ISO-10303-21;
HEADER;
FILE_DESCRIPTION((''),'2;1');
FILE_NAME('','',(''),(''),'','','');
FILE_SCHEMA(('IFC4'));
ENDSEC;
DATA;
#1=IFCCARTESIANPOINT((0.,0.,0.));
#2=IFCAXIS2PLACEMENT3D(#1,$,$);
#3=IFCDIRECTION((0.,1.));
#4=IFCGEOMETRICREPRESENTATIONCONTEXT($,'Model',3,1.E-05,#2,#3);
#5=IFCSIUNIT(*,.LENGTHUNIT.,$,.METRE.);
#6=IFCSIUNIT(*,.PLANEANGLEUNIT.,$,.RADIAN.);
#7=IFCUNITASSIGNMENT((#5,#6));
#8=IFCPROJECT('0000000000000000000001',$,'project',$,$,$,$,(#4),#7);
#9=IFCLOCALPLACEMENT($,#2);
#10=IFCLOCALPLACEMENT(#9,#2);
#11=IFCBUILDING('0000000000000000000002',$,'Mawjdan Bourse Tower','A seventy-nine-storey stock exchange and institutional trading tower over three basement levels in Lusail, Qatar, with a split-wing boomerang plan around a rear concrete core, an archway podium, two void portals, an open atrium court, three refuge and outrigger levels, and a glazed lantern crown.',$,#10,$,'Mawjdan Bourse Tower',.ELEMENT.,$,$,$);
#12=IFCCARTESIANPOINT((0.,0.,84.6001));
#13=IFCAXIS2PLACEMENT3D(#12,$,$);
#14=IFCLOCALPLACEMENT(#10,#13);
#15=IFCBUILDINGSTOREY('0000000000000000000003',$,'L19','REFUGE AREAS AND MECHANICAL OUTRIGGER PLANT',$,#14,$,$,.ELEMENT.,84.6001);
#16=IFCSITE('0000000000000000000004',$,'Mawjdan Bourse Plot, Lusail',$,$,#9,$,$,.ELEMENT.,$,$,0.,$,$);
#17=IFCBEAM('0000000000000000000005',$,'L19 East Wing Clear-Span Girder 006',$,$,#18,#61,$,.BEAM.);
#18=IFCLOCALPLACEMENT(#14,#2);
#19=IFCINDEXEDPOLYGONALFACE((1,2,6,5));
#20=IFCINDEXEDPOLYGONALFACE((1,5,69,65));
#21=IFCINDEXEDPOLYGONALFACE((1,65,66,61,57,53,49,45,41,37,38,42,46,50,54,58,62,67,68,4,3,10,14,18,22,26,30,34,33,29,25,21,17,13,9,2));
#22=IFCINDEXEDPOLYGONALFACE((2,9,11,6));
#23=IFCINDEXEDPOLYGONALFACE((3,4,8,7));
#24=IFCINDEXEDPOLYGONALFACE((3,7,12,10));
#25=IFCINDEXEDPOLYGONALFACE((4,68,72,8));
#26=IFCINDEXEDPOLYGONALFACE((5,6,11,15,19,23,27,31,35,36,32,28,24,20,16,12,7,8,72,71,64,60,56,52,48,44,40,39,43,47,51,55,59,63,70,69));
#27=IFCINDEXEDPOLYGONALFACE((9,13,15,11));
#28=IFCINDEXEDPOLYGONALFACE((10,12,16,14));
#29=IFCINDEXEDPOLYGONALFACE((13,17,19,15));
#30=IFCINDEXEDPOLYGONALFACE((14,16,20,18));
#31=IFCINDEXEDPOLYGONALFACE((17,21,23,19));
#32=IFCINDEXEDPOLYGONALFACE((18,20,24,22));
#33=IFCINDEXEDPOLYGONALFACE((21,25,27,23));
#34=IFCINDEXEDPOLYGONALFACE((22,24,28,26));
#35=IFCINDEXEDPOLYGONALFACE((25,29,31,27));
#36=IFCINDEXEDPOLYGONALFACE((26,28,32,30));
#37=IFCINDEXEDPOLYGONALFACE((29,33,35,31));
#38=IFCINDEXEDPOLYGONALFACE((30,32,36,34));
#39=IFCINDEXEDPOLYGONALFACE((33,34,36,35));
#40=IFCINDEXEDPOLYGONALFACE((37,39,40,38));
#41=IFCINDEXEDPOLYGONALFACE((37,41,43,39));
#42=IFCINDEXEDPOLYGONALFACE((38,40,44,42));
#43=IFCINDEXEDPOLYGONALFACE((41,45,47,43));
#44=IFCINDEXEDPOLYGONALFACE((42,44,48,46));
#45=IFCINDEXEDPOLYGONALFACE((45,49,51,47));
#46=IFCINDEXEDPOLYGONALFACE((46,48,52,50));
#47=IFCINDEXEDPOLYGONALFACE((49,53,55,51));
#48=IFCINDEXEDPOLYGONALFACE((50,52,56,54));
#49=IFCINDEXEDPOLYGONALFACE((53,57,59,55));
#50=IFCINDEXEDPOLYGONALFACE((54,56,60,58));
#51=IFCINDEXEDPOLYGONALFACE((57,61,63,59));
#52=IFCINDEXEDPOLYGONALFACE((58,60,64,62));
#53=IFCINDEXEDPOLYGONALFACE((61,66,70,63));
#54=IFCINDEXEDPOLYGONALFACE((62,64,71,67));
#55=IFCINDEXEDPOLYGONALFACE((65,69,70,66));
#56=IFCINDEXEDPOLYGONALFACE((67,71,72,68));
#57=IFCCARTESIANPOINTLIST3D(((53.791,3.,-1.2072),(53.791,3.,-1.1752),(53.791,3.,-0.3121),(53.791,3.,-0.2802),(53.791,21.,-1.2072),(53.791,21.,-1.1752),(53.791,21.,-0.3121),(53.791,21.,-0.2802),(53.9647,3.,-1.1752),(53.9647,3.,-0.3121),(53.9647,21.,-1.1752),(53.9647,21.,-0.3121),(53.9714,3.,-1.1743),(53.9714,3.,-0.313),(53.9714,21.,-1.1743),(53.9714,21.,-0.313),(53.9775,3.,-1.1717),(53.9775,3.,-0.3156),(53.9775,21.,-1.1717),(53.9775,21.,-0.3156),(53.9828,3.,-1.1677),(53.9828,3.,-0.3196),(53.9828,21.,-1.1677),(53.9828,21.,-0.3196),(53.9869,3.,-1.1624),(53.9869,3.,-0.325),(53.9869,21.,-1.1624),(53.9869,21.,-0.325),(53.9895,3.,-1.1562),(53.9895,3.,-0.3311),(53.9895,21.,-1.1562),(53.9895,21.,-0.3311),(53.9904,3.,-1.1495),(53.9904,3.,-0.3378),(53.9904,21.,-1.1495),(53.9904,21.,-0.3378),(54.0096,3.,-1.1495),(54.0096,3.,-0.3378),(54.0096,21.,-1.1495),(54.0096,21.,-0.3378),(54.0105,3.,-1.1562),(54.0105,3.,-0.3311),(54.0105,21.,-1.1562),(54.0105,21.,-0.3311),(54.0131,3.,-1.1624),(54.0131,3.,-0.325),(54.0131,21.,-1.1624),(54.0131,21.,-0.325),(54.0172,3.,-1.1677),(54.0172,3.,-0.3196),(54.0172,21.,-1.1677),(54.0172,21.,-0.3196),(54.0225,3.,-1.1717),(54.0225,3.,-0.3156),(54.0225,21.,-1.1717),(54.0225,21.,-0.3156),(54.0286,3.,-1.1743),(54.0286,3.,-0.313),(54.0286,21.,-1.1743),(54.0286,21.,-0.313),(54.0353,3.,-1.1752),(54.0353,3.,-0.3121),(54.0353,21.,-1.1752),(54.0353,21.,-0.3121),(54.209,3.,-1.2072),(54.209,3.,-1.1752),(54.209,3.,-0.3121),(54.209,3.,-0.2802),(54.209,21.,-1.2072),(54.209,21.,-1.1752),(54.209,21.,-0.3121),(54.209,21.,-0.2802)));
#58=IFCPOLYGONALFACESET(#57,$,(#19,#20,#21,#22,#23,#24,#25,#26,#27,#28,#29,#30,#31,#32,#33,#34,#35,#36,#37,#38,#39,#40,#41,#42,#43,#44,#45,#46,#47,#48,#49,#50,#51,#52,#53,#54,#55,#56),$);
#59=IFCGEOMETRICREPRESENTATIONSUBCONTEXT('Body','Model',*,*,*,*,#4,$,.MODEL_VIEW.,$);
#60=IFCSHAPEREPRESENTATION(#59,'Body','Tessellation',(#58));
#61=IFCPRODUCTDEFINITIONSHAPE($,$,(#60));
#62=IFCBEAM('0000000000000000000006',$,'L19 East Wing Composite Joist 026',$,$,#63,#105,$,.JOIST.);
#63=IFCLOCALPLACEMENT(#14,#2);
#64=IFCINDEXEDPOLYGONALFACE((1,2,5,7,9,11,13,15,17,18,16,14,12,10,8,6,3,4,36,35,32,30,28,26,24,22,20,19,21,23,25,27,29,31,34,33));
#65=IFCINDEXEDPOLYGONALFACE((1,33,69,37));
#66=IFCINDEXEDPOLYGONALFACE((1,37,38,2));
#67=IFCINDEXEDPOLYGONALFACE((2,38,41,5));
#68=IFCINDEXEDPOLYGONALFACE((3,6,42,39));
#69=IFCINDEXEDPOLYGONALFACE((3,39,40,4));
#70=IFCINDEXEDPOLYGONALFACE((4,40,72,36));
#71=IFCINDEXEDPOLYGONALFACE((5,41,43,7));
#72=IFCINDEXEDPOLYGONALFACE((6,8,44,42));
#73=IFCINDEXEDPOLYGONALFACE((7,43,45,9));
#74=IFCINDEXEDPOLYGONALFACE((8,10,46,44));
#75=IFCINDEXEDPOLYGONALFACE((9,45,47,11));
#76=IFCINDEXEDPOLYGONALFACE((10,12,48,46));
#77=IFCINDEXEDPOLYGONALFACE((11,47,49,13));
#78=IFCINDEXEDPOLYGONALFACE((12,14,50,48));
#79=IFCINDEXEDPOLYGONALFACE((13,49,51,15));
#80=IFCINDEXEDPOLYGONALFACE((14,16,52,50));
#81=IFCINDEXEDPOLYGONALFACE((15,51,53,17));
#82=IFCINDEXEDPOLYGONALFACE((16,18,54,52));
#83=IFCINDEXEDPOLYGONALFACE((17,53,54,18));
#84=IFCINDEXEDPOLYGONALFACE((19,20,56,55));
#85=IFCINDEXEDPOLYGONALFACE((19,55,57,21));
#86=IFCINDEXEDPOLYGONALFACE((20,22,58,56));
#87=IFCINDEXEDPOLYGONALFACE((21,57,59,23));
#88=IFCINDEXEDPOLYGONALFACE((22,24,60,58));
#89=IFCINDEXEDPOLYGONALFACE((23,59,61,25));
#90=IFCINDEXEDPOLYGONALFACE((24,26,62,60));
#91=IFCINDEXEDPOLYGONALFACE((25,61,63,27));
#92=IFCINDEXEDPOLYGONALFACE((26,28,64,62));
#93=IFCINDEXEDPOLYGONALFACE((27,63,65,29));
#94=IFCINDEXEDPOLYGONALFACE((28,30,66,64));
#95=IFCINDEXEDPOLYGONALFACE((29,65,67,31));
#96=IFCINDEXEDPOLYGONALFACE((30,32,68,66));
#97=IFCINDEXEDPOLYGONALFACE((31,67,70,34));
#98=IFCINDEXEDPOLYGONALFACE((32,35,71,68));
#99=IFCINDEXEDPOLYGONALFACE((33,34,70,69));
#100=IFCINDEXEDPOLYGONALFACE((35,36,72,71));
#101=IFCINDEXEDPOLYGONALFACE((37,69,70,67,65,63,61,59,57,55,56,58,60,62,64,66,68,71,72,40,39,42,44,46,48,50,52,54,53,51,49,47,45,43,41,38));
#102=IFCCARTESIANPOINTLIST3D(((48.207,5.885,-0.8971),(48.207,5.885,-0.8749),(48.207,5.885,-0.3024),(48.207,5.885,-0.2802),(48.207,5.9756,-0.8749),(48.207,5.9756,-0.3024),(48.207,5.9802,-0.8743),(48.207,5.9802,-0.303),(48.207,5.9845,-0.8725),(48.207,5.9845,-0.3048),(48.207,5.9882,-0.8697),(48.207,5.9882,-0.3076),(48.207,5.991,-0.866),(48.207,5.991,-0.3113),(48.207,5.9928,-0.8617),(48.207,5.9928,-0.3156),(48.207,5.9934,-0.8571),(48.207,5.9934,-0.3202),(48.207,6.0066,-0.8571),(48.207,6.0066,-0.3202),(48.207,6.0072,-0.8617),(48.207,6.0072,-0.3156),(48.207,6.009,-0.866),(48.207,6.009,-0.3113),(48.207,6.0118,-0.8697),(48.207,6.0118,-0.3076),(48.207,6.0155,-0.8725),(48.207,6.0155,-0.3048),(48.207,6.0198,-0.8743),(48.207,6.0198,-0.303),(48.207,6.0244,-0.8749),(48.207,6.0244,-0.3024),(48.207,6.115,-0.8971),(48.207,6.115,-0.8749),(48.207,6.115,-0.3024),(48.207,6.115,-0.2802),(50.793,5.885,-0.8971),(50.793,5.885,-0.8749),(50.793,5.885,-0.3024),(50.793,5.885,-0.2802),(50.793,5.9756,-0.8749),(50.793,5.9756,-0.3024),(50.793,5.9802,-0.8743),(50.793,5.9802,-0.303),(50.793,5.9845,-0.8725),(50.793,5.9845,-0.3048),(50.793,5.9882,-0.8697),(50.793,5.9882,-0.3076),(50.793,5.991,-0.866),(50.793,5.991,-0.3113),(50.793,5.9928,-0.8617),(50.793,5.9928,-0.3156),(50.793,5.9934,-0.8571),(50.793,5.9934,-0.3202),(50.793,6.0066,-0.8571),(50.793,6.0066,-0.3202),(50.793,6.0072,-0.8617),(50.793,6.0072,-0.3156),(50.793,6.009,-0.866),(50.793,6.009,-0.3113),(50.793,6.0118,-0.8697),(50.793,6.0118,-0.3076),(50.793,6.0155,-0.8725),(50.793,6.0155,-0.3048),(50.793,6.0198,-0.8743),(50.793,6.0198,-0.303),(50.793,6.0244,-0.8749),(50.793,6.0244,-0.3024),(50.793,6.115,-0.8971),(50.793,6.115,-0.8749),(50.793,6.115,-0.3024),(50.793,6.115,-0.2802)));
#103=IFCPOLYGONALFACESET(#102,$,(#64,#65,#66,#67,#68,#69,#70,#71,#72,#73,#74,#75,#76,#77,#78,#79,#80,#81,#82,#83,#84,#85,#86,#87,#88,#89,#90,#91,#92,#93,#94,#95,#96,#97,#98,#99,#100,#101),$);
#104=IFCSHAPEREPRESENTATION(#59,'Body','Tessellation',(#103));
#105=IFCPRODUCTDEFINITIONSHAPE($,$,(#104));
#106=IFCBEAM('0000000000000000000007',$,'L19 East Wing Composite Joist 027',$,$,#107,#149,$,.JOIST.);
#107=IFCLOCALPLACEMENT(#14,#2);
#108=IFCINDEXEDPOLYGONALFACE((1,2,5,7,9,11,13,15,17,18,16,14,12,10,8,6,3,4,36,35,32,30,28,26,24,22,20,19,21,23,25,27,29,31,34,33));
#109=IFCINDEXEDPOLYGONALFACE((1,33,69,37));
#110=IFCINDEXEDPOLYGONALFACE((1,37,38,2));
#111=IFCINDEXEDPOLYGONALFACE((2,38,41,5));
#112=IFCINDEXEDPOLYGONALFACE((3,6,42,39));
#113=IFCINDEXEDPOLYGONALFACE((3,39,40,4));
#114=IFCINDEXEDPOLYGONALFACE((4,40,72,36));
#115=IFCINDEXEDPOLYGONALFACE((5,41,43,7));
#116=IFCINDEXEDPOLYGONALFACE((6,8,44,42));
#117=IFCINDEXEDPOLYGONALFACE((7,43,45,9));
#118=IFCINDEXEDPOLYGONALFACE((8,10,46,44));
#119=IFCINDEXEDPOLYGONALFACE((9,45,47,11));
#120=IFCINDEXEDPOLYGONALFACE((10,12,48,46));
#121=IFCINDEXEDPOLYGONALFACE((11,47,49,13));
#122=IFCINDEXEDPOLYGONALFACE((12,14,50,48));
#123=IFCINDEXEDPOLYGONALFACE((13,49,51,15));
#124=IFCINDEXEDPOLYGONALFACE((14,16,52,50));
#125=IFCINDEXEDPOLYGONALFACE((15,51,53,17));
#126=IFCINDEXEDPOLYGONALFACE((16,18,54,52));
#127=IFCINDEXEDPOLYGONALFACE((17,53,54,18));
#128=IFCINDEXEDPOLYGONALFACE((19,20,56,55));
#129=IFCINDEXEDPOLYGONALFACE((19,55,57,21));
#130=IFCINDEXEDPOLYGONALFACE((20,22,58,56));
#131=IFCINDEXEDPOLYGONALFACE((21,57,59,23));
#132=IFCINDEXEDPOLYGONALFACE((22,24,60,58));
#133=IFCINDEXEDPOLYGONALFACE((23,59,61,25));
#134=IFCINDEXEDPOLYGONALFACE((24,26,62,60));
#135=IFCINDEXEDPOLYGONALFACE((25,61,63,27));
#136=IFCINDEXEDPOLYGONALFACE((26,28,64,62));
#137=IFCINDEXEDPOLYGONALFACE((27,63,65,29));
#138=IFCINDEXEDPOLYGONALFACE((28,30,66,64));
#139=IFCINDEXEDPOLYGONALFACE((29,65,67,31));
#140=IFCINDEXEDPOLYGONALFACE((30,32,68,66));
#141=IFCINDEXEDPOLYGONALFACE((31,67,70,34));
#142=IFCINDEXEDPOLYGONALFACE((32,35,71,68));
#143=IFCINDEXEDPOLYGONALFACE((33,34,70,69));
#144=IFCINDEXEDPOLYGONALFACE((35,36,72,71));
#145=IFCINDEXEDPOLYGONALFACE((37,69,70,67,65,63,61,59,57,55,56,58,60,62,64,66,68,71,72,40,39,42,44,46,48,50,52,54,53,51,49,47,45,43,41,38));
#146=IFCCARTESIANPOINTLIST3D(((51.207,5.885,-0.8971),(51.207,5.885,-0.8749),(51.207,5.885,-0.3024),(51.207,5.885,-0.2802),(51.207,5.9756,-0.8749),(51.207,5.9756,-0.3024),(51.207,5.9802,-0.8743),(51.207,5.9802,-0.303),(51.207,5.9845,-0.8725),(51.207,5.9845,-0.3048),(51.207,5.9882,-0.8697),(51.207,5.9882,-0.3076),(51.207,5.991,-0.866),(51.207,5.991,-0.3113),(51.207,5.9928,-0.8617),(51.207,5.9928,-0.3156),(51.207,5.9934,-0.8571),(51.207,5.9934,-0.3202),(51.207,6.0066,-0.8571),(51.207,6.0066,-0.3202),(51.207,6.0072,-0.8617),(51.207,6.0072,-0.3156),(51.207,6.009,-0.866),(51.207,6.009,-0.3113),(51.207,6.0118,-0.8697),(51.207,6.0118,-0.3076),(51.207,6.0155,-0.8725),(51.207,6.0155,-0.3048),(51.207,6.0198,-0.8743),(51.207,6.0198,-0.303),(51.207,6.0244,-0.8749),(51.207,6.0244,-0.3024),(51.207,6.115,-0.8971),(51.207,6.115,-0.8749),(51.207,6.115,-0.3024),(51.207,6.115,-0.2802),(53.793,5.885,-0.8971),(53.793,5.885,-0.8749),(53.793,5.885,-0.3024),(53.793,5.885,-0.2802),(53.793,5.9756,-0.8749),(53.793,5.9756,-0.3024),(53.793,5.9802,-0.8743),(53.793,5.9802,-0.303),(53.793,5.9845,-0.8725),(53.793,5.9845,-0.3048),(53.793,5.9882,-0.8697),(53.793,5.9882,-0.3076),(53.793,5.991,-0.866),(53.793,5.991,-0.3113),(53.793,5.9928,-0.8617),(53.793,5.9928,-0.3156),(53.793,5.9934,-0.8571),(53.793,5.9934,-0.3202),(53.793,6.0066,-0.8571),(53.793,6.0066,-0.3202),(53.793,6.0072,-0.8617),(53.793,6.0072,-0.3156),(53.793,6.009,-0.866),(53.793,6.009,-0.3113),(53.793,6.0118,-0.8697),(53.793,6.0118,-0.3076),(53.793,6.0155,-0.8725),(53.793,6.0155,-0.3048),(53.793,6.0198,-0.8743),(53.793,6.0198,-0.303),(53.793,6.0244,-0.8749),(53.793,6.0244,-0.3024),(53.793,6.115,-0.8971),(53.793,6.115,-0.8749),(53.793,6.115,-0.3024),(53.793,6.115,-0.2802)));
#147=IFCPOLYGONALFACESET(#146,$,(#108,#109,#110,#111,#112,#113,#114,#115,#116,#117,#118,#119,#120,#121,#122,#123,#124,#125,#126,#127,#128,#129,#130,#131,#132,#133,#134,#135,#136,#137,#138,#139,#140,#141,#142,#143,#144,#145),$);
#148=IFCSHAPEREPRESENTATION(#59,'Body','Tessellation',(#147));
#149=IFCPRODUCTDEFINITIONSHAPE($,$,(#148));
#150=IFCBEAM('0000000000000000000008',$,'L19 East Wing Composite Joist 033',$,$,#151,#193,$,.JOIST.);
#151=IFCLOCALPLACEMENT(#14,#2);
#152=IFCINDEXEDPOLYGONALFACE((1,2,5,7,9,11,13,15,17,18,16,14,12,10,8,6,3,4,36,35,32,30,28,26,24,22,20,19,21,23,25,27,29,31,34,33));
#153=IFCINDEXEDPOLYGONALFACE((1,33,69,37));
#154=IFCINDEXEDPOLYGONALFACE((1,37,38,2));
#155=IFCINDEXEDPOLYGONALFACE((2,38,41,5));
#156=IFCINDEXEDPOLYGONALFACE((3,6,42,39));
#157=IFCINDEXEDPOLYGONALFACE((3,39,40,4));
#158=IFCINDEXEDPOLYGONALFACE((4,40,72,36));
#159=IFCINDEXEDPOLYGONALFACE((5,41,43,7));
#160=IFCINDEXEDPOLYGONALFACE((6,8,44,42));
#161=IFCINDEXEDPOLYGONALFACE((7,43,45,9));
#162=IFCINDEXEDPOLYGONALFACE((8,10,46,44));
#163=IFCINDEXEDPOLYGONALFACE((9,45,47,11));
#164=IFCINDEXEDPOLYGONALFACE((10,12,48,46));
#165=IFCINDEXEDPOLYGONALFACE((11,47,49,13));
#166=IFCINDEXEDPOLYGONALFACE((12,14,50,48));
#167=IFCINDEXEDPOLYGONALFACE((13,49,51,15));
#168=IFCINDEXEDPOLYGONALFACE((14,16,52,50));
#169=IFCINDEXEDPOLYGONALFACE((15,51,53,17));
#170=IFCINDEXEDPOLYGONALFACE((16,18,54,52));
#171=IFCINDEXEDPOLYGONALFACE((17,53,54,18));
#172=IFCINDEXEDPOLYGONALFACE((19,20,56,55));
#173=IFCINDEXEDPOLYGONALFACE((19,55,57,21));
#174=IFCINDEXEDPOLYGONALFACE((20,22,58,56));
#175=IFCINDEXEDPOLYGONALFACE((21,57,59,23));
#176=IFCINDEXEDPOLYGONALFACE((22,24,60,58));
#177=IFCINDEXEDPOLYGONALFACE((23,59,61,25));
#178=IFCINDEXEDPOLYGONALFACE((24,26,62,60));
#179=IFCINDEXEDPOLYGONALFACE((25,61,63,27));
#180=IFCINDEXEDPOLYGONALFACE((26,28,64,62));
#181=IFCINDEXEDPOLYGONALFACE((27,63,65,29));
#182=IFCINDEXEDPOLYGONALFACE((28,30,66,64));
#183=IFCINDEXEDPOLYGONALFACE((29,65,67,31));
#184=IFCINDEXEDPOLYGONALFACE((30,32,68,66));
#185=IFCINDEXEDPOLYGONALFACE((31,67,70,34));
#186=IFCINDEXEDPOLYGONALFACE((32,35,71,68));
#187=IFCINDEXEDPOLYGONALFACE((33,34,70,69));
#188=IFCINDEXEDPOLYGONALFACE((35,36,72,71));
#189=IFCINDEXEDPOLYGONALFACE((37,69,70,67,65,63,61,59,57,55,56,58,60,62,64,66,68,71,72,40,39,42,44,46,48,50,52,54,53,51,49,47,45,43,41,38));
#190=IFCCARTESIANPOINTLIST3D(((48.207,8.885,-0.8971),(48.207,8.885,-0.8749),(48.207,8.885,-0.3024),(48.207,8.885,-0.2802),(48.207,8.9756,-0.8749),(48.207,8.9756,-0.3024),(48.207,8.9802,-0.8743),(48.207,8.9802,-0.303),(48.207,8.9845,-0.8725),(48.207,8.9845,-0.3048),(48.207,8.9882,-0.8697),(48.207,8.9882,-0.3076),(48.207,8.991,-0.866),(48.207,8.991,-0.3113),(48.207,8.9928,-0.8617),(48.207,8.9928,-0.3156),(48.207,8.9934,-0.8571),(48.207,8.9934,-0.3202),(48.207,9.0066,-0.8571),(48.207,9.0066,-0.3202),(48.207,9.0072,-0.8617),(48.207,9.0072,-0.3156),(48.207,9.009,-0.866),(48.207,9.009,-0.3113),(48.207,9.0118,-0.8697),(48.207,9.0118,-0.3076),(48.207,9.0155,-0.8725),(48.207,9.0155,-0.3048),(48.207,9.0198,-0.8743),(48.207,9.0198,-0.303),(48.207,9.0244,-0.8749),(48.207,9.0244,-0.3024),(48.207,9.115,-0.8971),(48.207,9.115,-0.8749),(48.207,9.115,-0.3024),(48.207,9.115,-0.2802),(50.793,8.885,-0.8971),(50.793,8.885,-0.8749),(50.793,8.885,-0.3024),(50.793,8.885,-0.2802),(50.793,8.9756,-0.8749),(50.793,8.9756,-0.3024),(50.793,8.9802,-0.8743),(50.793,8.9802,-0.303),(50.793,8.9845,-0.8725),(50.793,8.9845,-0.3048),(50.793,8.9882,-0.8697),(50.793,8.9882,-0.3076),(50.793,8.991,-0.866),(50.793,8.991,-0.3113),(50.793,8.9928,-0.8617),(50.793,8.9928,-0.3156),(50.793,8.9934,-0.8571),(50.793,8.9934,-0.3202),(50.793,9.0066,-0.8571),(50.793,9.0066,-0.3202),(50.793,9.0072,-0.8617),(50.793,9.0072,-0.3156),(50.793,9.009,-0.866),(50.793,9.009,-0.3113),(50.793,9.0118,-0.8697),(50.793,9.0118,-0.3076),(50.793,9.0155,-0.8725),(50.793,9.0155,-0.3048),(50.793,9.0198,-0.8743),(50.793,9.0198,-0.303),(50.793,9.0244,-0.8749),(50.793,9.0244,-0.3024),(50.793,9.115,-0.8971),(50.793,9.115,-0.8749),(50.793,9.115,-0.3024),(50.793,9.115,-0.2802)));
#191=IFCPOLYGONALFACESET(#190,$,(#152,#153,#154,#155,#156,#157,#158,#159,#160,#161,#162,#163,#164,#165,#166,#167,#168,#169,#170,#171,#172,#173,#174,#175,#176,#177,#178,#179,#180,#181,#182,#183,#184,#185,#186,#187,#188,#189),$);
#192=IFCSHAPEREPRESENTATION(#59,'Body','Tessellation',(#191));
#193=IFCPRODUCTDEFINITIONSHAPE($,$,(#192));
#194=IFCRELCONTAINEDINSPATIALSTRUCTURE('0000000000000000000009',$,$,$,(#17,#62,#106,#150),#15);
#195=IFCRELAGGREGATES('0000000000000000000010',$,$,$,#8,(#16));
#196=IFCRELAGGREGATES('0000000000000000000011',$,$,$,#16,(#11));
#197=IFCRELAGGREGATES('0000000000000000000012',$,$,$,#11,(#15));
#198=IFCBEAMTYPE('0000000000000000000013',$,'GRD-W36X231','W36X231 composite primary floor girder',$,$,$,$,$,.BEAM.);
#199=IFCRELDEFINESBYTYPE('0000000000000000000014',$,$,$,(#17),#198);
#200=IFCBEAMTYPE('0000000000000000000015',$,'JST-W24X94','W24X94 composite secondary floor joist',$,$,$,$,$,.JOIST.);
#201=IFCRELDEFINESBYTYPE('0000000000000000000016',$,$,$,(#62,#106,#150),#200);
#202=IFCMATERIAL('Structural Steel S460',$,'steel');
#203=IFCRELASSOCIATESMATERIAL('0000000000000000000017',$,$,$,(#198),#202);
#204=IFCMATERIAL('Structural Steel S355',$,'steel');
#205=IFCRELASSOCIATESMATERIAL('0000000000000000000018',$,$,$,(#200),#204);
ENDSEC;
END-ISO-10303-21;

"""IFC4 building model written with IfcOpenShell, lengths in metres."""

from ifc_helpers import new_model, si_unit, direction, frame, origin, origin_2d, place, context, subcontext, project, spatial, i_section, extrude, material, material_profile, profile_set, type_object, element, save


model = new_model("IFC4")

# Units and contexts
model_context = context("Model", 3, precision=1e-05, world=origin(), true_north=direction((0.0, 1.0)))
body_context = subcontext(model_context, "Body", "Model", "MODEL_VIEW")
ifc_project = project(units=[si_unit("LENGTHUNIT", "METRE"), si_unit("PLANEANGLEUNIT", "RADIAN")], contexts=[model_context])

# Site, building, storey
site_placement = place(None, origin())
site = spatial("IfcSite", under=ifc_project, at=site_placement, Name="Mawjdan Bourse Plot, Lusail", CompositionType="ELEMENT", RefElevation=0.0)
building_placement = place(site_placement, origin())
building = spatial("IfcBuilding", under=site, at=building_placement, Name="Mawjdan Bourse Tower", Description="A seventy-nine-storey stock exchange and institutional trading tower over three basement levels in Lusail, Qatar, with a split-wing boomerang plan around a rear concrete core, an archway podium, two void portals, an open atrium court, three refuge and outrigger levels, and a glazed lantern crown.", LongName="Mawjdan Bourse Tower", CompositionType="ELEMENT")
storey_placement = place(building_placement, frame((0.0, 0.0, 84.6001)))
storey = spatial("IfcBuildingStorey", under=building, at=storey_placement, Name="L19", Description="REFUGE AREAS AND MECHANICAL OUTRIGGER PLANT", CompositionType="ELEMENT", Elevation=84.6001)

# Shared definitions
ifc_material_1 = material(Name="Structural Steel S460", Category="steel")

# Beams
ifc_material_profile_1 = material_profile(ifc_material_1, i_section(OverallWidth=0.418, OverallDepth=0.927, WebThickness=0.0193, FlangeThickness=0.032, FilletRadius=0.0256, at=origin_2d()), Name="W36X231")
ifc_profile_set_1 = profile_set([ifc_material_profile_1], Name="Structural Steel S460")
beam_type_1 = type_object("IfcBeamType", Name="GRD-W36X231", Description="W36X231 composite primary floor girder", PredefinedType="BEAM", material=ifc_profile_set_1)
for number, where, z_axis, x_axis, name in (
    (1, (54.0, 3.0, -0.7437), (0.0, 1.0, 0.0), (-1.0, 0.0, 0.0), "L19 East Wing Clear-Span Girder 006"),
):
    element("IfcBeam", number, at=place(storey_placement, frame(where, z_axis=z_axis, x_axis=x_axis)), inside=storey, type_object=beam_type_1, Name=name, PredefinedType="BEAM", context=body_context, shape_type="SweptSolid", body=[
        extrude(i_section(OverallWidth=0.418, OverallDepth=0.927, WebThickness=0.0193, FlangeThickness=0.032, FilletRadius=0.0256, at=origin_2d()), origin(), (0.0, 0.0, 1.0), 18.0),
    ])
ifc_material_2 = material(Name="Structural Steel S355", Category="steel")
ifc_material_profile_2 = material_profile(ifc_material_2, i_section(OverallWidth=0.23, OverallDepth=0.6169, WebThickness=0.0132, FlangeThickness=0.0222, FilletRadius=0.0178, at=origin_2d()), Name="W24X94")
ifc_profile_set_2 = profile_set([ifc_material_profile_2], Name="Structural Steel S355")
beam_type_2 = type_object("IfcBeamType", Name="JST-W24X94", Description="W24X94 composite secondary floor joist", PredefinedType="JOIST", material=ifc_profile_set_2)
for number, where, z_axis, x_axis, name in (
    (2, (48.207, 6.0, -0.5886), (1.0, 0.0, 0.0), (0.0, 1.0, 0.0), "L19 East Wing Composite Joist 026"),
    (3, (51.207, 6.0, -0.5886), (1.0, 0.0, 0.0), (0.0, 1.0, 0.0), "L19 East Wing Composite Joist 027"),
    (4, (48.207, 9.0, -0.5886), (1.0, 0.0, 0.0), (0.0, 1.0, 0.0), "L19 East Wing Composite Joist 033"),
):
    element("IfcBeam", number, at=place(storey_placement, frame(where, z_axis=z_axis, x_axis=x_axis)), inside=storey, type_object=beam_type_2, Name=name, PredefinedType="JOIST", context=body_context, shape_type="SweptSolid", body=[
        extrude(i_section(OverallWidth=0.23, OverallDepth=0.6169, WebThickness=0.0132, FlangeThickness=0.0222, FilletRadius=0.0178, at=origin_2d()), origin(), (0.0, 0.0, 1.0), 2.5859),
    ])

save(model, "model.ifc")
